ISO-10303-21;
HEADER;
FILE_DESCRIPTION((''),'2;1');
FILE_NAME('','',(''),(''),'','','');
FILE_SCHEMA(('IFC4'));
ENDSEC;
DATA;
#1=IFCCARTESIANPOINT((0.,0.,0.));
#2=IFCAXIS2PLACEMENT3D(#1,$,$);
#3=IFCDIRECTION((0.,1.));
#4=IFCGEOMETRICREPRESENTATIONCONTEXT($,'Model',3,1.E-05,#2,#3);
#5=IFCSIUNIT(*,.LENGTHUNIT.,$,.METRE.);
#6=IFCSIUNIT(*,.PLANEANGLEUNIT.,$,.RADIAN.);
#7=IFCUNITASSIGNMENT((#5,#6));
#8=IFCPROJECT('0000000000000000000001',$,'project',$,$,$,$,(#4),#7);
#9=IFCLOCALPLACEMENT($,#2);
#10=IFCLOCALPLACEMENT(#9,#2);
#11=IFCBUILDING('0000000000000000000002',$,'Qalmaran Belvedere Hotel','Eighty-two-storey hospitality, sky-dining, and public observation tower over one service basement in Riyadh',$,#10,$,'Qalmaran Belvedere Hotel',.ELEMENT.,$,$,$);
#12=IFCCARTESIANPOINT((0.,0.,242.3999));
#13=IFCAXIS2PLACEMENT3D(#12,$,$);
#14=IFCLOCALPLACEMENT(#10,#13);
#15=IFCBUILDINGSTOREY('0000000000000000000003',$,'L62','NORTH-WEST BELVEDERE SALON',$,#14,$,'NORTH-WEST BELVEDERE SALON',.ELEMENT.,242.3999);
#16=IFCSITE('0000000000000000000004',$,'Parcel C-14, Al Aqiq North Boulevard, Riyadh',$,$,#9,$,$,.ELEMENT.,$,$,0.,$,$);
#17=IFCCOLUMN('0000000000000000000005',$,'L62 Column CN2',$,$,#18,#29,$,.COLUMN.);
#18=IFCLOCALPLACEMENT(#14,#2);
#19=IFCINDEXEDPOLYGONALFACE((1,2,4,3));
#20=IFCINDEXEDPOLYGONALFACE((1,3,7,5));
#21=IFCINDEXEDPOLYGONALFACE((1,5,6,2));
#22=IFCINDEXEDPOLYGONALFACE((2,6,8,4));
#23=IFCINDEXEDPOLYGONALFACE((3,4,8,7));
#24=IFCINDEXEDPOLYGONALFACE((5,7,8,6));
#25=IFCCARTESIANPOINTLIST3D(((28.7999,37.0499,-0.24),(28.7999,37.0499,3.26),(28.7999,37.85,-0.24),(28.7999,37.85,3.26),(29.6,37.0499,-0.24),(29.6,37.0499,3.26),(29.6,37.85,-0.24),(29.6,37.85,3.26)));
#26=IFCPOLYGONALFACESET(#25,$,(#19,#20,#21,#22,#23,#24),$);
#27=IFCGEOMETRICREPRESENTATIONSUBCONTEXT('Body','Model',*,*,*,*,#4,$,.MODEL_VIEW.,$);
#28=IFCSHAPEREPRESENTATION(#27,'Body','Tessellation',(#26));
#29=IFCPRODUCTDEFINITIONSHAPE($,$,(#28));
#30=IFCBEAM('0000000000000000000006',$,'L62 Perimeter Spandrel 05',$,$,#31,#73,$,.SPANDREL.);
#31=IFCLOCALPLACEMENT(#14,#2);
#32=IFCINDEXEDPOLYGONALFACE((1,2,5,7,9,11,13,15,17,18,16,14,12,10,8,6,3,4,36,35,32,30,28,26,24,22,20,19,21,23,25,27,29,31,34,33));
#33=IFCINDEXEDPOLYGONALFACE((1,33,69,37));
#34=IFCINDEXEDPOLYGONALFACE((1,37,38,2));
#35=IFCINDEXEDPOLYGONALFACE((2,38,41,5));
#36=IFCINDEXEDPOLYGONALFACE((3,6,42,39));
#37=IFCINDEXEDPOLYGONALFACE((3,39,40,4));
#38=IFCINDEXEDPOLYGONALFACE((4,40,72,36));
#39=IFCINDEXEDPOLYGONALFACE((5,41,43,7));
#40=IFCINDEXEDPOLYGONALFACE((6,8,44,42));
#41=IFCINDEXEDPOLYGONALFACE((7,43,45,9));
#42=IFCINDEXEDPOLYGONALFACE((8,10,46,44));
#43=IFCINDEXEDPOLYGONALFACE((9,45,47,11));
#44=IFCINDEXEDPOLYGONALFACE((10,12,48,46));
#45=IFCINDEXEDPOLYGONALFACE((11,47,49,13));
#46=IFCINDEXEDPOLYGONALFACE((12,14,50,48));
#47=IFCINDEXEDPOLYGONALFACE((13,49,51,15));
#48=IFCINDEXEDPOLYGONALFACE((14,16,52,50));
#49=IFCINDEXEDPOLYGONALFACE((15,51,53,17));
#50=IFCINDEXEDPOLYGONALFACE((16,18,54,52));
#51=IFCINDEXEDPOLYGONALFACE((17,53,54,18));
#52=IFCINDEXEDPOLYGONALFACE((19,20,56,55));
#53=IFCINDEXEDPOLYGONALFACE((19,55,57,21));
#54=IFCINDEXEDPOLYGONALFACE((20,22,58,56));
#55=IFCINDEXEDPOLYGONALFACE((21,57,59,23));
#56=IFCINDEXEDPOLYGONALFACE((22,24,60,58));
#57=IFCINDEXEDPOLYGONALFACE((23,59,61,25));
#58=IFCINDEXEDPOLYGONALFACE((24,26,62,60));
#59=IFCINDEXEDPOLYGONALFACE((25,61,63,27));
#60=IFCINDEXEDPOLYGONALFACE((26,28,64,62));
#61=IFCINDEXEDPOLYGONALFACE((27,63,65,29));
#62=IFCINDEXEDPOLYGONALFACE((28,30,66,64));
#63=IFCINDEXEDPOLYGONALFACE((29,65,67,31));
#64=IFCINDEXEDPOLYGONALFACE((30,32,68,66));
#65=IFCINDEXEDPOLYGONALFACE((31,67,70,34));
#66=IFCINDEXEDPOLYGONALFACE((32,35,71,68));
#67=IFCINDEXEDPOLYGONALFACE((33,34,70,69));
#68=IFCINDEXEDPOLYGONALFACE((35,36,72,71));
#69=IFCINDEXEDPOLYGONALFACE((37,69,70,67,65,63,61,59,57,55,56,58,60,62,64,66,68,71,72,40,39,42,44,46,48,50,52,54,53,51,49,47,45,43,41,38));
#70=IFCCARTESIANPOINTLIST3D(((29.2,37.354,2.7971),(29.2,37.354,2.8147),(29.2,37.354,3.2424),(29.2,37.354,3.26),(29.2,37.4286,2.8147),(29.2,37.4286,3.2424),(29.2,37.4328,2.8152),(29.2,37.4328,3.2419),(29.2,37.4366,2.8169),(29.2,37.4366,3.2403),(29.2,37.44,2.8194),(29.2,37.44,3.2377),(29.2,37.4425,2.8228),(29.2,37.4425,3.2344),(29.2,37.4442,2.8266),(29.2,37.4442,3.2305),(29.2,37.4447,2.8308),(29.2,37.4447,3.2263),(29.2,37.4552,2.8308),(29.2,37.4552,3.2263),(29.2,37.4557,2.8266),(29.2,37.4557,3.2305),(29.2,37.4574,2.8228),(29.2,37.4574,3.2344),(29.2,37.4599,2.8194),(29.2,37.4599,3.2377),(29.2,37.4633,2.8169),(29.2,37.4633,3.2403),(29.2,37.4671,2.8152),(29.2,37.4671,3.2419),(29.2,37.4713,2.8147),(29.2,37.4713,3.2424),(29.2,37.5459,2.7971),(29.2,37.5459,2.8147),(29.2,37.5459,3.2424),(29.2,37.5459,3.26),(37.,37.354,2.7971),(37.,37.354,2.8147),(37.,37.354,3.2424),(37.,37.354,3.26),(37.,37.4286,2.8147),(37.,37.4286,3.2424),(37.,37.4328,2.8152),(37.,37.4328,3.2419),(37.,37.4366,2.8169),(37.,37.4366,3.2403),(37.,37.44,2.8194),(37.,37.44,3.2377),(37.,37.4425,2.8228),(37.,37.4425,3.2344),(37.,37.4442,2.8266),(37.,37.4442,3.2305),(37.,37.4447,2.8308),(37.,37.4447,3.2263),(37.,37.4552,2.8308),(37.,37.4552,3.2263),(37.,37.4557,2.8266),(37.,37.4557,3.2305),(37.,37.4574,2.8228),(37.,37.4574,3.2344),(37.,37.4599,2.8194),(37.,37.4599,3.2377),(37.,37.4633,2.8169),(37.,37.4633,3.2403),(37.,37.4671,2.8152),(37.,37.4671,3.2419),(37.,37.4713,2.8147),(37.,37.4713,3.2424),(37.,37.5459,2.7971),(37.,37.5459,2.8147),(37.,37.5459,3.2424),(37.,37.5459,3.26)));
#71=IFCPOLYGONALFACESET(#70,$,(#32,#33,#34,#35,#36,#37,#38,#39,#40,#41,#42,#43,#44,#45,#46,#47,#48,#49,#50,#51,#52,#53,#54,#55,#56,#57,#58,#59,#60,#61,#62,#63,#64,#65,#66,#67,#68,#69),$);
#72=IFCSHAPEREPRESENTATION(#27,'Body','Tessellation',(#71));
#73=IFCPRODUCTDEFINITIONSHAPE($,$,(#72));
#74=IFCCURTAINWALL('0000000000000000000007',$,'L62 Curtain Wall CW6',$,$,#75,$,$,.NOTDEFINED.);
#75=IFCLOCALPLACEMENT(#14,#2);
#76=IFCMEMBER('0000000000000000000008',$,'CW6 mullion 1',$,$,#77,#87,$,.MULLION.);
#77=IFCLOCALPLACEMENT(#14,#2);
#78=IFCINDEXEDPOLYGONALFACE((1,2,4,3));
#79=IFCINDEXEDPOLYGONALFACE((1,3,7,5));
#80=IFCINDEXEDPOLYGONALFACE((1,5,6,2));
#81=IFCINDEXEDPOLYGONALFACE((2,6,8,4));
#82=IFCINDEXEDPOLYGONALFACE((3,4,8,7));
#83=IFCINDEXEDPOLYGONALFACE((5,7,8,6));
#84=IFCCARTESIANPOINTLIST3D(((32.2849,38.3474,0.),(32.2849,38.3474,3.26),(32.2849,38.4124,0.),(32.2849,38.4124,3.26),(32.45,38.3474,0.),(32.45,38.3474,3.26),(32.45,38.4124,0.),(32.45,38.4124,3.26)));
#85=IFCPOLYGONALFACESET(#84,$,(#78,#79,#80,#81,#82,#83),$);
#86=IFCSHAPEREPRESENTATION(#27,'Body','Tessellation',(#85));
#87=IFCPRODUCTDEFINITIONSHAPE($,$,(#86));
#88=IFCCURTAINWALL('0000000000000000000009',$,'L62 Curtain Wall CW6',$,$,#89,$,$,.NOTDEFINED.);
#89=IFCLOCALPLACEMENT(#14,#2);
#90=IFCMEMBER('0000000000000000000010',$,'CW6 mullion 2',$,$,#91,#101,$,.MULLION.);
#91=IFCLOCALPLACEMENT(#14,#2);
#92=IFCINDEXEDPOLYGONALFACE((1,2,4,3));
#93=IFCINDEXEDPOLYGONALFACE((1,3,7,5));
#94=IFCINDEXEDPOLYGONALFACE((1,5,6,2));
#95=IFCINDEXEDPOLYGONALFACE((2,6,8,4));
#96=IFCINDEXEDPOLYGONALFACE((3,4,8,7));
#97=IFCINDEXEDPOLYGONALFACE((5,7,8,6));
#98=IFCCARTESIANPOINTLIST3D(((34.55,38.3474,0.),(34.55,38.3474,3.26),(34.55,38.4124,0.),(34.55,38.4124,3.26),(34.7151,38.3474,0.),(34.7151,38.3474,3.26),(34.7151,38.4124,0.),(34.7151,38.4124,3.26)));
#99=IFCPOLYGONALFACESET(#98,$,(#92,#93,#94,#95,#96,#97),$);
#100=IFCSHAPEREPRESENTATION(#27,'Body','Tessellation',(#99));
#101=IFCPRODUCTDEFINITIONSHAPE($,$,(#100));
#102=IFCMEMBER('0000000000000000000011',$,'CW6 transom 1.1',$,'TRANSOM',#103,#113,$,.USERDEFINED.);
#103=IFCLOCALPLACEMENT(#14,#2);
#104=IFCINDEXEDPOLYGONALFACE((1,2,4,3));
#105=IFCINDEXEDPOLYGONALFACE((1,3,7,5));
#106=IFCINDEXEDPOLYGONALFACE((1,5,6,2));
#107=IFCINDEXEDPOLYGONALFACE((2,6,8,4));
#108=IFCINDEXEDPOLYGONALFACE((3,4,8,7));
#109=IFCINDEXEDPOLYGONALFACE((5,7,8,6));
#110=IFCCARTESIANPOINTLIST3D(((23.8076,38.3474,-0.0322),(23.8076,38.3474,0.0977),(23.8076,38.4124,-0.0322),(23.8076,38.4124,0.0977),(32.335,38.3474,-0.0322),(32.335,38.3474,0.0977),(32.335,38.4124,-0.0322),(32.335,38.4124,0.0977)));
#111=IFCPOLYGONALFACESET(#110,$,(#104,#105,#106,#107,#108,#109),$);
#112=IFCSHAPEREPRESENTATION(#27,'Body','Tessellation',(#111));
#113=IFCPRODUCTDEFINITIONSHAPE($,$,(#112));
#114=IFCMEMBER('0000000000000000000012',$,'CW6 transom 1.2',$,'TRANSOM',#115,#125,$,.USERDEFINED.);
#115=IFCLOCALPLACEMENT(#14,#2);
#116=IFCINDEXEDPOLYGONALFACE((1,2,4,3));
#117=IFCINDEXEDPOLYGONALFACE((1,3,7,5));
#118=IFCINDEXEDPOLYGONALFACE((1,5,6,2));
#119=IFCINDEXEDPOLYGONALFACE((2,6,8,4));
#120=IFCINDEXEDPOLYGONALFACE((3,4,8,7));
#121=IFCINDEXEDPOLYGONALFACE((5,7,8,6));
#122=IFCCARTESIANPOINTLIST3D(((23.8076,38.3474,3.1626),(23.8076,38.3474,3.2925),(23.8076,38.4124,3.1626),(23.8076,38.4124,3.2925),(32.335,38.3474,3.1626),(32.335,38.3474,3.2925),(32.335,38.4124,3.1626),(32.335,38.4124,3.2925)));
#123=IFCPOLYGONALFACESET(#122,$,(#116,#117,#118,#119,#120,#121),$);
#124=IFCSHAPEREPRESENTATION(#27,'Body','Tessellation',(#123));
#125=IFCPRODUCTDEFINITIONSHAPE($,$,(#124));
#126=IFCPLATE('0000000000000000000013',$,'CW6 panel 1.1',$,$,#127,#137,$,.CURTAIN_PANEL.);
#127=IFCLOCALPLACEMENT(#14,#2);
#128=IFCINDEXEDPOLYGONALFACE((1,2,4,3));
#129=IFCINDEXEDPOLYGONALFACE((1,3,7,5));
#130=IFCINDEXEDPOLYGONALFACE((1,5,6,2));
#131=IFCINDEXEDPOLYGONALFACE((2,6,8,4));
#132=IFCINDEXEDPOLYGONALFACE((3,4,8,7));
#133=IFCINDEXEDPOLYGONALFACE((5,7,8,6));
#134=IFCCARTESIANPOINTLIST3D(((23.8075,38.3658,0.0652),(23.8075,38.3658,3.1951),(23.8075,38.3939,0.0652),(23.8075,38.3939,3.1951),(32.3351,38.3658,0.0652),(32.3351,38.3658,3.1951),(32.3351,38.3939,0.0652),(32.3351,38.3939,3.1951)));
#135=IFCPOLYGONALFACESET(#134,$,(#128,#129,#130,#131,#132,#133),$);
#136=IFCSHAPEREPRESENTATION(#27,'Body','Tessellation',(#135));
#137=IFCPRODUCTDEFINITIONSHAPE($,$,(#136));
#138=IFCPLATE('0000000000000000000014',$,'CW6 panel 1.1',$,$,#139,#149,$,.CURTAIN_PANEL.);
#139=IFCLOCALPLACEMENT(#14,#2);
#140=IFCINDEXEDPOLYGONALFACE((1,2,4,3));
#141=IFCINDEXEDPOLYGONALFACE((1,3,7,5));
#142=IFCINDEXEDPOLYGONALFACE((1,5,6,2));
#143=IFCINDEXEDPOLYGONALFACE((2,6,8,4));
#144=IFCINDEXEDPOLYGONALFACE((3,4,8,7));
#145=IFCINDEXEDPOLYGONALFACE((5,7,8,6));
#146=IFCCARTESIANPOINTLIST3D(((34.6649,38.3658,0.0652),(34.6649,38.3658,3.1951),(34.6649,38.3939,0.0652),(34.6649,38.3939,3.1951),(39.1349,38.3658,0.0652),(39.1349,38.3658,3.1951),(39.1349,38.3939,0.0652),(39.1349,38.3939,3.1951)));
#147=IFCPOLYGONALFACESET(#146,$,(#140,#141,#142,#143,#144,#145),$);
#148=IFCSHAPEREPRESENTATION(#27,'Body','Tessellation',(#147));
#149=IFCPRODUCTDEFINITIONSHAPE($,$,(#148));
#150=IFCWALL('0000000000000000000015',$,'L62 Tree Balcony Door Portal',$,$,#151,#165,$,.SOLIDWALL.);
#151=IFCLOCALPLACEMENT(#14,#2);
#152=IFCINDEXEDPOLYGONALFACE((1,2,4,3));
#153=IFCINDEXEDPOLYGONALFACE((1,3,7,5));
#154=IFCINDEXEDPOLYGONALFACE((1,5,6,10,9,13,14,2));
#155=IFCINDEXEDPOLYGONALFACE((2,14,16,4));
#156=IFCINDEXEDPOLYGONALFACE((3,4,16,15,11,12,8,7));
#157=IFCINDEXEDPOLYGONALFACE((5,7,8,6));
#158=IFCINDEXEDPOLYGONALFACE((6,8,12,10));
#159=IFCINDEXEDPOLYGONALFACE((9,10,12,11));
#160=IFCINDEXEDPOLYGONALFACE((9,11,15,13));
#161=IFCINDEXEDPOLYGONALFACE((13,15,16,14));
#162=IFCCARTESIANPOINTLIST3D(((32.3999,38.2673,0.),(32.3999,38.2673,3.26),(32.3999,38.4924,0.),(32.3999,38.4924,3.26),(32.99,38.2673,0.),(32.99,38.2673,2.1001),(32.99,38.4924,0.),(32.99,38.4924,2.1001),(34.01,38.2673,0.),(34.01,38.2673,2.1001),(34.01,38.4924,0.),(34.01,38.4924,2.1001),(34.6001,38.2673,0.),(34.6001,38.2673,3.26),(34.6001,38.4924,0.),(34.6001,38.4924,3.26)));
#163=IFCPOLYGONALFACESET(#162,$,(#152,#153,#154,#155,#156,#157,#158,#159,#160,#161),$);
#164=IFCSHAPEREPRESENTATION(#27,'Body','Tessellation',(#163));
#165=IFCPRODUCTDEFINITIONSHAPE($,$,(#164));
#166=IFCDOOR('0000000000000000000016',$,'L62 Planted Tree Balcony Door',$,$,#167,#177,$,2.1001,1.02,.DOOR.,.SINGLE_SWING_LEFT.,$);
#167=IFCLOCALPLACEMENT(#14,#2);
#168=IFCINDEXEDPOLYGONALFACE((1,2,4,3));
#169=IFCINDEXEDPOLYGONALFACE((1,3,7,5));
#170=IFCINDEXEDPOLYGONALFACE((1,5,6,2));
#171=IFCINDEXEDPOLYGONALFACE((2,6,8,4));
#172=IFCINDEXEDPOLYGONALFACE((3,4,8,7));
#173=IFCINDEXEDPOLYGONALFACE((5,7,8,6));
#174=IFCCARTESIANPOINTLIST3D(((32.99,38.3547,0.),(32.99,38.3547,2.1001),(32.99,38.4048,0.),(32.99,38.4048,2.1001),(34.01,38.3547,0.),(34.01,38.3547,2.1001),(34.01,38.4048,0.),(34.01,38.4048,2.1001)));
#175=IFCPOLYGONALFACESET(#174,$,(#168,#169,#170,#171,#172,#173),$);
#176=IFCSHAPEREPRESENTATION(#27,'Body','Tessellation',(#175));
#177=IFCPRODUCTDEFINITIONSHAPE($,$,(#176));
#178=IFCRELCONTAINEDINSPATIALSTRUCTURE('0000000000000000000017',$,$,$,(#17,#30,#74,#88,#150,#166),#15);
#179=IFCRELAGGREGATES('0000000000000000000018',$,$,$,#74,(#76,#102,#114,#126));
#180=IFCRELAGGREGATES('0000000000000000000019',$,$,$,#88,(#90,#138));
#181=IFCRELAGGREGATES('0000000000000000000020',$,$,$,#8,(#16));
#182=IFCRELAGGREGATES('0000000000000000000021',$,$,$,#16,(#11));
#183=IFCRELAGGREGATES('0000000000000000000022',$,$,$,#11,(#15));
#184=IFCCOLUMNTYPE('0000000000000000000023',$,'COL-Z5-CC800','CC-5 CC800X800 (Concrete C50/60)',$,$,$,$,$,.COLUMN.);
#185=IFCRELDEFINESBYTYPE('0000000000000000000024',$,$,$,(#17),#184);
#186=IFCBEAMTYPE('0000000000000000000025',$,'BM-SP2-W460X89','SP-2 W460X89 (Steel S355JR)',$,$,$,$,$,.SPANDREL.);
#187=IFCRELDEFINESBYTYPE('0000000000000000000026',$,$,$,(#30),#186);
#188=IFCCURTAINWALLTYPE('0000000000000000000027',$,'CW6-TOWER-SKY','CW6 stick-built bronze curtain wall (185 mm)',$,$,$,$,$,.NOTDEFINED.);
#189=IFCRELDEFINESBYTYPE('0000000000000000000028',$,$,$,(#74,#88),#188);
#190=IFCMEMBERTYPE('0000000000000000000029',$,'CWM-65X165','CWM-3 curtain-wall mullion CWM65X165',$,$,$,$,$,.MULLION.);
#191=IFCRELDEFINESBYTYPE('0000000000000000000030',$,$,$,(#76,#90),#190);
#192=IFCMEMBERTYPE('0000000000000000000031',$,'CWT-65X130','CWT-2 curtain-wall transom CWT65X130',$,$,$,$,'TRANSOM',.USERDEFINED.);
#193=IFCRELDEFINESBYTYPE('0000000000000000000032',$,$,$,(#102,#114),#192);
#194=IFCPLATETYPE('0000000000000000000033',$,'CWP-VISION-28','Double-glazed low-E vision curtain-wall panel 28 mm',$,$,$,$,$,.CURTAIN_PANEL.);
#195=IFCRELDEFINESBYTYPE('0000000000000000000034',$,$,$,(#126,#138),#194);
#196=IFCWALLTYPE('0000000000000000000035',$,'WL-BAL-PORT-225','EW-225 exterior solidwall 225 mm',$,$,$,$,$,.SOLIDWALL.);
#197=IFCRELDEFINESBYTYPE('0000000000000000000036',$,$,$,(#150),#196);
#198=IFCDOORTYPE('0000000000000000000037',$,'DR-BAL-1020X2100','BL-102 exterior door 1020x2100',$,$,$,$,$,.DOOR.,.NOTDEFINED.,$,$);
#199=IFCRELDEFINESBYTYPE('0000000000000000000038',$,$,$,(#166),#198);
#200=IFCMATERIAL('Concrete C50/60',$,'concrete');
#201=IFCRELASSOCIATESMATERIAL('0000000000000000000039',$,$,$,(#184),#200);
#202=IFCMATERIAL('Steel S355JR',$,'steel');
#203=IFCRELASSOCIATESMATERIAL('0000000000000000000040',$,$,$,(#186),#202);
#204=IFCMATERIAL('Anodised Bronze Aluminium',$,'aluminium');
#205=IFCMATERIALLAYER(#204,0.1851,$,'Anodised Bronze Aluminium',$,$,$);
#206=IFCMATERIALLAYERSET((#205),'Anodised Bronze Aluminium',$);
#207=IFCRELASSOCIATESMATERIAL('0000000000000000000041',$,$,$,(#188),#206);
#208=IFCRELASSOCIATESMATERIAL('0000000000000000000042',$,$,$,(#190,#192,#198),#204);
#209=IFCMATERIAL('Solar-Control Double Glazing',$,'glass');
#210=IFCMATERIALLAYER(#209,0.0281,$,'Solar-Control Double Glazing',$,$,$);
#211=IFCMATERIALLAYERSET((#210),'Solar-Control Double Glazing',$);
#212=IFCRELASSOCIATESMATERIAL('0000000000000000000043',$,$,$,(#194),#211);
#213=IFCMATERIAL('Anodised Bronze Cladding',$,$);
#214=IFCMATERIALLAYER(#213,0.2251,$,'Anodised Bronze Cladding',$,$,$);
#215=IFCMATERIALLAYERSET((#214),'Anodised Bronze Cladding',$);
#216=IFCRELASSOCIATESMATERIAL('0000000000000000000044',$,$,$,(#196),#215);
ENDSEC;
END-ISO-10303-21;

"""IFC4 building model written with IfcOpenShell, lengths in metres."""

from ifc_helpers import new_model, si_unit, direction, frame, frame_2d, origin, origin_2d, place, context, subcontext, project, spatial, rectangle, i_section, extrude, material, layer, layer_set, material_profile, profile_set, type_object, element, fill, aggregate, save


model = new_model("IFC4")

# Units and contexts
model_context = context("Model", 3, precision=1e-05, world=origin(), true_north=direction((0.0, 1.0)))
body_context = subcontext(model_context, "Body", "Model", "MODEL_VIEW")
ifc_project = project(units=[si_unit("LENGTHUNIT", "METRE"), si_unit("PLANEANGLEUNIT", "RADIAN")], contexts=[model_context])

# Site, building, storey
site_placement = place(None, origin())
site = spatial("IfcSite", under=ifc_project, at=site_placement, Name="Parcel C-14, Al Aqiq North Boulevard, Riyadh", CompositionType="ELEMENT", RefElevation=0.0)
building_placement = place(site_placement, origin())
building = spatial("IfcBuilding", under=site, at=building_placement, Name="Qalmaran Belvedere Hotel", Description="Eighty-two-storey hospitality, sky-dining, and public observation tower over one service basement in Riyadh", LongName="Qalmaran Belvedere Hotel", CompositionType="ELEMENT")
storey_placement = place(building_placement, frame((0.0, 0.0, 242.3999)))
storey = spatial("IfcBuildingStorey", under=building, at=storey_placement, Name="L62", Description="NORTH-WEST BELVEDERE SALON", LongName="NORTH-WEST BELVEDERE SALON", CompositionType="ELEMENT", Elevation=242.3999)

# Column
ifc_material_1 = material(Name="Concrete C50/60", Category="concrete")
ifc_material_profile_1 = material_profile(ifc_material_1, rectangle(XDim=0.8, YDim=0.8, at=origin_2d()), Name="CC800X800")
ifc_profile_set_1 = profile_set([ifc_material_profile_1], Name="Concrete C50/60")
column_type = type_object("IfcColumnType", Name="COL-Z5-CC800", Description="CC-5 CC800X800 (Concrete C50/60)", PredefinedType="COLUMN", material=ifc_profile_set_1)
column_placement = place(storey_placement, frame((29.2, 37.45, -0.24), z_axis=(0.0, 0.0, 1.0), x_axis=(1.0, 0.0, 0.0)))
element("IfcColumn", 1, at=column_placement, inside=storey, type_object=column_type, Name="L62 Column CN2", PredefinedType="COLUMN", context=body_context, shape_type="SweptSolid", body=[
    extrude(rectangle(XDim=0.8, YDim=0.8, at=origin_2d()), origin(), (0.0, 0.0, 1.0), 3.5),
])

# Beam
ifc_material_2 = material(Name="Steel S355JR", Category="steel")
ifc_material_profile_2 = material_profile(ifc_material_2, i_section(OverallWidth=0.1919, OverallDepth=0.4629, WebThickness=0.0105, FlangeThickness=0.0176, FilletRadius=0.0161, at=origin_2d()), Name="W460X89")
ifc_profile_set_2 = profile_set([ifc_material_profile_2], Name="Steel S355JR")
beam_type = type_object("IfcBeamType", Name="BM-SP2-W460X89", Description="SP-2 W460X89 (Steel S355JR)", PredefinedType="SPANDREL", material=ifc_profile_set_2)
beam_placement = place(storey_placement, frame((29.2, 37.45, 3.0286), z_axis=(1.0, 0.0, 0.0), x_axis=(0.0, 1.0, 0.0)))
element("IfcBeam", 2, at=beam_placement, inside=storey, type_object=beam_type, Name="L62 Perimeter Spandrel 05", PredefinedType="SPANDREL", context=body_context, shape_type="SweptSolid", body=[
    extrude(i_section(OverallWidth=0.1919, OverallDepth=0.4629, WebThickness=0.0105, FlangeThickness=0.0176, FilletRadius=0.0161, at=origin_2d()), origin(), (0.0, 0.0, 1.0), 7.8),
])

# Curtain walls, members
ifc_material_3 = material(Name="Anodised Bronze Aluminium", Category="aluminium")
ifc_layer_1 = layer(ifc_material_3, 0.1851, Name="Anodised Bronze Aluminium")
ifc_layer_set_1 = layer_set([ifc_layer_1], Name="Anodised Bronze Aluminium")
curtain_wall_type = type_object("IfcCurtainWallType", Name="CW6-TOWER-SKY", Description="CW6 stick-built bronze curtain wall (185 mm)", PredefinedType="NOTDEFINED", material=ifc_layer_set_1)
curtain_wall_1_placement = place(storey_placement, origin())
curtain_wall_1 = element("IfcCurtainWall", 3, at=curtain_wall_1_placement, inside=storey, type_object=curtain_wall_type, Name="L62 Curtain Wall CW6", PredefinedType="NOTDEFINED")
ifc_material_profile_3 = material_profile(ifc_material_3, rectangle(XDim=0.0649, YDim=0.165, at=origin_2d()), Name="CWM65X165")
ifc_profile_set_3 = profile_set([ifc_material_profile_3], Name="Anodised Bronze Aluminium")
member_type_1 = type_object("IfcMemberType", Name="CWM-65X165", Description="CWM-3 curtain-wall mullion CWM65X165", PredefinedType="MULLION", material=ifc_profile_set_3)
member_1_placement = place(storey_placement, frame((32.3674, 38.3799, 0.0), z_axis=(0.0, 0.0, 1.0), x_axis=(0.0, -1.0, 0.0)))
member_1 = element("IfcMember", 4, at=member_1_placement, type_object=member_type_1, Name="CW6 mullion 1", PredefinedType="MULLION", context=body_context, shape_type="SweptSolid", body=[
    extrude(rectangle(XDim=0.0649, YDim=0.165, at=origin_2d()), origin(), (0.0, 0.0, 1.0), 3.26),
])
curtain_wall_2_placement = place(storey_placement, origin())
curtain_wall_2 = element("IfcCurtainWall", 5, at=curtain_wall_2_placement, inside=storey, type_object=curtain_wall_type, Name="L62 Curtain Wall CW6", PredefinedType="NOTDEFINED")
member_2_placement = place(storey_placement, frame((34.6326, 38.3799, 0.0), z_axis=(0.0, 0.0, 1.0), x_axis=(0.0, -1.0, 0.0)))
member_2 = element("IfcMember", 6, at=member_2_placement, type_object=member_type_1, Name="CW6 mullion 2", PredefinedType="MULLION", context=body_context, shape_type="SweptSolid", body=[
    extrude(rectangle(XDim=0.0649, YDim=0.165, at=origin_2d()), origin(), (0.0, 0.0, 1.0), 3.26),
])

# Members
ifc_material_profile_4 = material_profile(ifc_material_3, rectangle(XDim=0.0649, YDim=0.1299, at=origin_2d()), Name="CWT65X130")
ifc_profile_set_4 = profile_set([ifc_material_profile_4], Name="Anodised Bronze Aluminium")
member_type_2 = type_object("IfcMemberType", Name="CWT-65X130", Description="CWT-2 curtain-wall transom CWT65X130", ElementType="TRANSOM", PredefinedType="USERDEFINED", material=ifc_profile_set_4)
member_3_placement = place(storey_placement, frame((32.335, 38.3799, 0.0327), z_axis=(-1.0, 0.0, 0.0), x_axis=(0.0, -1.0, 0.0)))
member_3 = element("IfcMember", 7, at=member_3_placement, type_object=member_type_2, Name="CW6 transom 1.1", ObjectType="TRANSOM", PredefinedType="USERDEFINED", context=body_context, shape_type="SweptSolid", body=[
    extrude(rectangle(XDim=0.0649, YDim=0.1299, at=origin_2d()), origin(), (0.0, 0.0, 1.0), 8.5273),
])
member_4_placement = place(storey_placement, frame((32.335, 38.3799, 3.2275), z_axis=(-1.0, 0.0, 0.0), x_axis=(0.0, -1.0, 0.0)))
member_4 = element("IfcMember", 8, at=member_4_placement, type_object=member_type_2, Name="CW6 transom 1.2", ObjectType="TRANSOM", PredefinedType="USERDEFINED", context=body_context, shape_type="SweptSolid", body=[
    extrude(rectangle(XDim=0.0649, YDim=0.1299, at=origin_2d()), origin(), (0.0, 0.0, 1.0), 8.5273),
])

# Plates
ifc_material_4 = material(Name="Solar-Control Double Glazing", Category="glass")
ifc_layer_2 = layer(ifc_material_4, 0.0281, Name="Solar-Control Double Glazing")
ifc_layer_set_2 = layer_set([ifc_layer_2], Name="Solar-Control Double Glazing")
plate_type = type_object("IfcPlateType", Name="CWP-VISION-28", Description="Double-glazed low-E vision curtain-wall panel 28 mm", PredefinedType="CURTAIN_PANEL", material=ifc_layer_set_2)
plate_1_placement = place(storey_placement, frame((28.0713, 38.3799, 0.0652), z_axis=(0.0, 0.0, 1.0), x_axis=(-1.0, 0.0, 0.0)))
plate_1 = element("IfcPlate", 9, at=plate_1_placement, type_object=plate_type, Name="CW6 panel 1.1", PredefinedType="CURTAIN_PANEL", context=body_context, shape_type="SweptSolid", body=[
    extrude(rectangle(XDim=8.5276, YDim=0.0281, at=origin_2d()), origin(), (0.0, 0.0, 1.0), 3.1299),
])
aggregate(curtain_wall_1, [member_1, member_3, member_4, plate_1])
plate_2_placement = place(storey_placement, frame((36.8999, 38.3799, 0.0652), z_axis=(0.0, 0.0, 1.0), x_axis=(-1.0, 0.0, 0.0)))
plate_2 = element("IfcPlate", 10, at=plate_2_placement, type_object=plate_type, Name="CW6 panel 1.1", PredefinedType="CURTAIN_PANEL", context=body_context, shape_type="SweptSolid", body=[
    extrude(rectangle(XDim=4.47, YDim=0.0281, at=origin_2d()), origin(), (0.0, 0.0, 1.0), 3.1299),
])
aggregate(curtain_wall_2, [member_2, plate_2])

# Wall, opening, door
ifc_material_5 = material(Name="Anodised Bronze Cladding")
ifc_layer_3 = layer(ifc_material_5, 0.2251, Name="Anodised Bronze Cladding")
ifc_layer_set_3 = layer_set([ifc_layer_3], Name="Anodised Bronze Cladding")
wall_type_1 = type_object("IfcWallType", Name="WL-BAL-PORT-225", Description="EW-225 exterior solidwall 225 mm", PredefinedType="SOLIDWALL", material=ifc_layer_set_3)
wall_1_placement = place(storey_placement, frame((32.3999, 38.3799, 0.0), z_axis=(0.0, 0.0, 1.0), x_axis=(1.0, 0.0, 0.0)))
wall_1 = element("IfcWall", 11, at=wall_1_placement, inside=storey, type_object=wall_type_1, Name="L62 Tree Balcony Door Portal", PredefinedType="SOLIDWALL", context=body_context, shape_type="SweptSolid", body=[
    extrude(rectangle(XDim=2.2002, YDim=0.2251, at=frame_2d((1.1001, 0.0))), origin(), (0.0, 0.0, 1.0), 3.26),
])
opening_1_placement = place(wall_1_placement, frame((0.5901, 0.0, 0.0)))
opening_1 = element("IfcOpeningElement", 12, at=opening_1_placement, cuts=wall_1, PredefinedType="OPENING", context=body_context, shape_type="SweptSolid", body=[
    extrude(rectangle(XDim=1.02, YDim=2.1001, at=frame_2d((0.51, 1.05))), frame((0.0, 0.1226, 0.0), z_axis=(0.0, -1.0, 0.0), x_axis=(1.0, 0.0, 0.0)), (0.0, 0.0, 1.0), 0.2451),
])
door_type_1 = type_object("IfcDoorType", Name="DR-BAL-1020X2100", Description="BL-102 exterior door 1020x2100", OperationType="NOTDEFINED", PredefinedType="DOOR", material=ifc_material_3)
door_1_placement = place(opening_1_placement, origin())
door_1 = element("IfcDoor", 13, at=door_1_placement, inside=storey, type_object=door_type_1, Name="L62 Planted Tree Balcony Door", OperationType="SINGLE_SWING_LEFT", OverallHeight=2.1001, OverallWidth=1.02, PredefinedType="DOOR", context=body_context, shape_type="SweptSolid", body=[
    extrude(rectangle(XDim=1.02, YDim=2.1001, at=frame_2d((0.51, 1.05))), frame((0.0, 0.0249, 0.0), z_axis=(0.0, -1.0, 0.0), x_axis=(1.0, 0.0, 0.0)), (0.0, 0.0, 1.0), 0.05),
])
fill(opening_1, door_1)

save(model, "model.ifc")
